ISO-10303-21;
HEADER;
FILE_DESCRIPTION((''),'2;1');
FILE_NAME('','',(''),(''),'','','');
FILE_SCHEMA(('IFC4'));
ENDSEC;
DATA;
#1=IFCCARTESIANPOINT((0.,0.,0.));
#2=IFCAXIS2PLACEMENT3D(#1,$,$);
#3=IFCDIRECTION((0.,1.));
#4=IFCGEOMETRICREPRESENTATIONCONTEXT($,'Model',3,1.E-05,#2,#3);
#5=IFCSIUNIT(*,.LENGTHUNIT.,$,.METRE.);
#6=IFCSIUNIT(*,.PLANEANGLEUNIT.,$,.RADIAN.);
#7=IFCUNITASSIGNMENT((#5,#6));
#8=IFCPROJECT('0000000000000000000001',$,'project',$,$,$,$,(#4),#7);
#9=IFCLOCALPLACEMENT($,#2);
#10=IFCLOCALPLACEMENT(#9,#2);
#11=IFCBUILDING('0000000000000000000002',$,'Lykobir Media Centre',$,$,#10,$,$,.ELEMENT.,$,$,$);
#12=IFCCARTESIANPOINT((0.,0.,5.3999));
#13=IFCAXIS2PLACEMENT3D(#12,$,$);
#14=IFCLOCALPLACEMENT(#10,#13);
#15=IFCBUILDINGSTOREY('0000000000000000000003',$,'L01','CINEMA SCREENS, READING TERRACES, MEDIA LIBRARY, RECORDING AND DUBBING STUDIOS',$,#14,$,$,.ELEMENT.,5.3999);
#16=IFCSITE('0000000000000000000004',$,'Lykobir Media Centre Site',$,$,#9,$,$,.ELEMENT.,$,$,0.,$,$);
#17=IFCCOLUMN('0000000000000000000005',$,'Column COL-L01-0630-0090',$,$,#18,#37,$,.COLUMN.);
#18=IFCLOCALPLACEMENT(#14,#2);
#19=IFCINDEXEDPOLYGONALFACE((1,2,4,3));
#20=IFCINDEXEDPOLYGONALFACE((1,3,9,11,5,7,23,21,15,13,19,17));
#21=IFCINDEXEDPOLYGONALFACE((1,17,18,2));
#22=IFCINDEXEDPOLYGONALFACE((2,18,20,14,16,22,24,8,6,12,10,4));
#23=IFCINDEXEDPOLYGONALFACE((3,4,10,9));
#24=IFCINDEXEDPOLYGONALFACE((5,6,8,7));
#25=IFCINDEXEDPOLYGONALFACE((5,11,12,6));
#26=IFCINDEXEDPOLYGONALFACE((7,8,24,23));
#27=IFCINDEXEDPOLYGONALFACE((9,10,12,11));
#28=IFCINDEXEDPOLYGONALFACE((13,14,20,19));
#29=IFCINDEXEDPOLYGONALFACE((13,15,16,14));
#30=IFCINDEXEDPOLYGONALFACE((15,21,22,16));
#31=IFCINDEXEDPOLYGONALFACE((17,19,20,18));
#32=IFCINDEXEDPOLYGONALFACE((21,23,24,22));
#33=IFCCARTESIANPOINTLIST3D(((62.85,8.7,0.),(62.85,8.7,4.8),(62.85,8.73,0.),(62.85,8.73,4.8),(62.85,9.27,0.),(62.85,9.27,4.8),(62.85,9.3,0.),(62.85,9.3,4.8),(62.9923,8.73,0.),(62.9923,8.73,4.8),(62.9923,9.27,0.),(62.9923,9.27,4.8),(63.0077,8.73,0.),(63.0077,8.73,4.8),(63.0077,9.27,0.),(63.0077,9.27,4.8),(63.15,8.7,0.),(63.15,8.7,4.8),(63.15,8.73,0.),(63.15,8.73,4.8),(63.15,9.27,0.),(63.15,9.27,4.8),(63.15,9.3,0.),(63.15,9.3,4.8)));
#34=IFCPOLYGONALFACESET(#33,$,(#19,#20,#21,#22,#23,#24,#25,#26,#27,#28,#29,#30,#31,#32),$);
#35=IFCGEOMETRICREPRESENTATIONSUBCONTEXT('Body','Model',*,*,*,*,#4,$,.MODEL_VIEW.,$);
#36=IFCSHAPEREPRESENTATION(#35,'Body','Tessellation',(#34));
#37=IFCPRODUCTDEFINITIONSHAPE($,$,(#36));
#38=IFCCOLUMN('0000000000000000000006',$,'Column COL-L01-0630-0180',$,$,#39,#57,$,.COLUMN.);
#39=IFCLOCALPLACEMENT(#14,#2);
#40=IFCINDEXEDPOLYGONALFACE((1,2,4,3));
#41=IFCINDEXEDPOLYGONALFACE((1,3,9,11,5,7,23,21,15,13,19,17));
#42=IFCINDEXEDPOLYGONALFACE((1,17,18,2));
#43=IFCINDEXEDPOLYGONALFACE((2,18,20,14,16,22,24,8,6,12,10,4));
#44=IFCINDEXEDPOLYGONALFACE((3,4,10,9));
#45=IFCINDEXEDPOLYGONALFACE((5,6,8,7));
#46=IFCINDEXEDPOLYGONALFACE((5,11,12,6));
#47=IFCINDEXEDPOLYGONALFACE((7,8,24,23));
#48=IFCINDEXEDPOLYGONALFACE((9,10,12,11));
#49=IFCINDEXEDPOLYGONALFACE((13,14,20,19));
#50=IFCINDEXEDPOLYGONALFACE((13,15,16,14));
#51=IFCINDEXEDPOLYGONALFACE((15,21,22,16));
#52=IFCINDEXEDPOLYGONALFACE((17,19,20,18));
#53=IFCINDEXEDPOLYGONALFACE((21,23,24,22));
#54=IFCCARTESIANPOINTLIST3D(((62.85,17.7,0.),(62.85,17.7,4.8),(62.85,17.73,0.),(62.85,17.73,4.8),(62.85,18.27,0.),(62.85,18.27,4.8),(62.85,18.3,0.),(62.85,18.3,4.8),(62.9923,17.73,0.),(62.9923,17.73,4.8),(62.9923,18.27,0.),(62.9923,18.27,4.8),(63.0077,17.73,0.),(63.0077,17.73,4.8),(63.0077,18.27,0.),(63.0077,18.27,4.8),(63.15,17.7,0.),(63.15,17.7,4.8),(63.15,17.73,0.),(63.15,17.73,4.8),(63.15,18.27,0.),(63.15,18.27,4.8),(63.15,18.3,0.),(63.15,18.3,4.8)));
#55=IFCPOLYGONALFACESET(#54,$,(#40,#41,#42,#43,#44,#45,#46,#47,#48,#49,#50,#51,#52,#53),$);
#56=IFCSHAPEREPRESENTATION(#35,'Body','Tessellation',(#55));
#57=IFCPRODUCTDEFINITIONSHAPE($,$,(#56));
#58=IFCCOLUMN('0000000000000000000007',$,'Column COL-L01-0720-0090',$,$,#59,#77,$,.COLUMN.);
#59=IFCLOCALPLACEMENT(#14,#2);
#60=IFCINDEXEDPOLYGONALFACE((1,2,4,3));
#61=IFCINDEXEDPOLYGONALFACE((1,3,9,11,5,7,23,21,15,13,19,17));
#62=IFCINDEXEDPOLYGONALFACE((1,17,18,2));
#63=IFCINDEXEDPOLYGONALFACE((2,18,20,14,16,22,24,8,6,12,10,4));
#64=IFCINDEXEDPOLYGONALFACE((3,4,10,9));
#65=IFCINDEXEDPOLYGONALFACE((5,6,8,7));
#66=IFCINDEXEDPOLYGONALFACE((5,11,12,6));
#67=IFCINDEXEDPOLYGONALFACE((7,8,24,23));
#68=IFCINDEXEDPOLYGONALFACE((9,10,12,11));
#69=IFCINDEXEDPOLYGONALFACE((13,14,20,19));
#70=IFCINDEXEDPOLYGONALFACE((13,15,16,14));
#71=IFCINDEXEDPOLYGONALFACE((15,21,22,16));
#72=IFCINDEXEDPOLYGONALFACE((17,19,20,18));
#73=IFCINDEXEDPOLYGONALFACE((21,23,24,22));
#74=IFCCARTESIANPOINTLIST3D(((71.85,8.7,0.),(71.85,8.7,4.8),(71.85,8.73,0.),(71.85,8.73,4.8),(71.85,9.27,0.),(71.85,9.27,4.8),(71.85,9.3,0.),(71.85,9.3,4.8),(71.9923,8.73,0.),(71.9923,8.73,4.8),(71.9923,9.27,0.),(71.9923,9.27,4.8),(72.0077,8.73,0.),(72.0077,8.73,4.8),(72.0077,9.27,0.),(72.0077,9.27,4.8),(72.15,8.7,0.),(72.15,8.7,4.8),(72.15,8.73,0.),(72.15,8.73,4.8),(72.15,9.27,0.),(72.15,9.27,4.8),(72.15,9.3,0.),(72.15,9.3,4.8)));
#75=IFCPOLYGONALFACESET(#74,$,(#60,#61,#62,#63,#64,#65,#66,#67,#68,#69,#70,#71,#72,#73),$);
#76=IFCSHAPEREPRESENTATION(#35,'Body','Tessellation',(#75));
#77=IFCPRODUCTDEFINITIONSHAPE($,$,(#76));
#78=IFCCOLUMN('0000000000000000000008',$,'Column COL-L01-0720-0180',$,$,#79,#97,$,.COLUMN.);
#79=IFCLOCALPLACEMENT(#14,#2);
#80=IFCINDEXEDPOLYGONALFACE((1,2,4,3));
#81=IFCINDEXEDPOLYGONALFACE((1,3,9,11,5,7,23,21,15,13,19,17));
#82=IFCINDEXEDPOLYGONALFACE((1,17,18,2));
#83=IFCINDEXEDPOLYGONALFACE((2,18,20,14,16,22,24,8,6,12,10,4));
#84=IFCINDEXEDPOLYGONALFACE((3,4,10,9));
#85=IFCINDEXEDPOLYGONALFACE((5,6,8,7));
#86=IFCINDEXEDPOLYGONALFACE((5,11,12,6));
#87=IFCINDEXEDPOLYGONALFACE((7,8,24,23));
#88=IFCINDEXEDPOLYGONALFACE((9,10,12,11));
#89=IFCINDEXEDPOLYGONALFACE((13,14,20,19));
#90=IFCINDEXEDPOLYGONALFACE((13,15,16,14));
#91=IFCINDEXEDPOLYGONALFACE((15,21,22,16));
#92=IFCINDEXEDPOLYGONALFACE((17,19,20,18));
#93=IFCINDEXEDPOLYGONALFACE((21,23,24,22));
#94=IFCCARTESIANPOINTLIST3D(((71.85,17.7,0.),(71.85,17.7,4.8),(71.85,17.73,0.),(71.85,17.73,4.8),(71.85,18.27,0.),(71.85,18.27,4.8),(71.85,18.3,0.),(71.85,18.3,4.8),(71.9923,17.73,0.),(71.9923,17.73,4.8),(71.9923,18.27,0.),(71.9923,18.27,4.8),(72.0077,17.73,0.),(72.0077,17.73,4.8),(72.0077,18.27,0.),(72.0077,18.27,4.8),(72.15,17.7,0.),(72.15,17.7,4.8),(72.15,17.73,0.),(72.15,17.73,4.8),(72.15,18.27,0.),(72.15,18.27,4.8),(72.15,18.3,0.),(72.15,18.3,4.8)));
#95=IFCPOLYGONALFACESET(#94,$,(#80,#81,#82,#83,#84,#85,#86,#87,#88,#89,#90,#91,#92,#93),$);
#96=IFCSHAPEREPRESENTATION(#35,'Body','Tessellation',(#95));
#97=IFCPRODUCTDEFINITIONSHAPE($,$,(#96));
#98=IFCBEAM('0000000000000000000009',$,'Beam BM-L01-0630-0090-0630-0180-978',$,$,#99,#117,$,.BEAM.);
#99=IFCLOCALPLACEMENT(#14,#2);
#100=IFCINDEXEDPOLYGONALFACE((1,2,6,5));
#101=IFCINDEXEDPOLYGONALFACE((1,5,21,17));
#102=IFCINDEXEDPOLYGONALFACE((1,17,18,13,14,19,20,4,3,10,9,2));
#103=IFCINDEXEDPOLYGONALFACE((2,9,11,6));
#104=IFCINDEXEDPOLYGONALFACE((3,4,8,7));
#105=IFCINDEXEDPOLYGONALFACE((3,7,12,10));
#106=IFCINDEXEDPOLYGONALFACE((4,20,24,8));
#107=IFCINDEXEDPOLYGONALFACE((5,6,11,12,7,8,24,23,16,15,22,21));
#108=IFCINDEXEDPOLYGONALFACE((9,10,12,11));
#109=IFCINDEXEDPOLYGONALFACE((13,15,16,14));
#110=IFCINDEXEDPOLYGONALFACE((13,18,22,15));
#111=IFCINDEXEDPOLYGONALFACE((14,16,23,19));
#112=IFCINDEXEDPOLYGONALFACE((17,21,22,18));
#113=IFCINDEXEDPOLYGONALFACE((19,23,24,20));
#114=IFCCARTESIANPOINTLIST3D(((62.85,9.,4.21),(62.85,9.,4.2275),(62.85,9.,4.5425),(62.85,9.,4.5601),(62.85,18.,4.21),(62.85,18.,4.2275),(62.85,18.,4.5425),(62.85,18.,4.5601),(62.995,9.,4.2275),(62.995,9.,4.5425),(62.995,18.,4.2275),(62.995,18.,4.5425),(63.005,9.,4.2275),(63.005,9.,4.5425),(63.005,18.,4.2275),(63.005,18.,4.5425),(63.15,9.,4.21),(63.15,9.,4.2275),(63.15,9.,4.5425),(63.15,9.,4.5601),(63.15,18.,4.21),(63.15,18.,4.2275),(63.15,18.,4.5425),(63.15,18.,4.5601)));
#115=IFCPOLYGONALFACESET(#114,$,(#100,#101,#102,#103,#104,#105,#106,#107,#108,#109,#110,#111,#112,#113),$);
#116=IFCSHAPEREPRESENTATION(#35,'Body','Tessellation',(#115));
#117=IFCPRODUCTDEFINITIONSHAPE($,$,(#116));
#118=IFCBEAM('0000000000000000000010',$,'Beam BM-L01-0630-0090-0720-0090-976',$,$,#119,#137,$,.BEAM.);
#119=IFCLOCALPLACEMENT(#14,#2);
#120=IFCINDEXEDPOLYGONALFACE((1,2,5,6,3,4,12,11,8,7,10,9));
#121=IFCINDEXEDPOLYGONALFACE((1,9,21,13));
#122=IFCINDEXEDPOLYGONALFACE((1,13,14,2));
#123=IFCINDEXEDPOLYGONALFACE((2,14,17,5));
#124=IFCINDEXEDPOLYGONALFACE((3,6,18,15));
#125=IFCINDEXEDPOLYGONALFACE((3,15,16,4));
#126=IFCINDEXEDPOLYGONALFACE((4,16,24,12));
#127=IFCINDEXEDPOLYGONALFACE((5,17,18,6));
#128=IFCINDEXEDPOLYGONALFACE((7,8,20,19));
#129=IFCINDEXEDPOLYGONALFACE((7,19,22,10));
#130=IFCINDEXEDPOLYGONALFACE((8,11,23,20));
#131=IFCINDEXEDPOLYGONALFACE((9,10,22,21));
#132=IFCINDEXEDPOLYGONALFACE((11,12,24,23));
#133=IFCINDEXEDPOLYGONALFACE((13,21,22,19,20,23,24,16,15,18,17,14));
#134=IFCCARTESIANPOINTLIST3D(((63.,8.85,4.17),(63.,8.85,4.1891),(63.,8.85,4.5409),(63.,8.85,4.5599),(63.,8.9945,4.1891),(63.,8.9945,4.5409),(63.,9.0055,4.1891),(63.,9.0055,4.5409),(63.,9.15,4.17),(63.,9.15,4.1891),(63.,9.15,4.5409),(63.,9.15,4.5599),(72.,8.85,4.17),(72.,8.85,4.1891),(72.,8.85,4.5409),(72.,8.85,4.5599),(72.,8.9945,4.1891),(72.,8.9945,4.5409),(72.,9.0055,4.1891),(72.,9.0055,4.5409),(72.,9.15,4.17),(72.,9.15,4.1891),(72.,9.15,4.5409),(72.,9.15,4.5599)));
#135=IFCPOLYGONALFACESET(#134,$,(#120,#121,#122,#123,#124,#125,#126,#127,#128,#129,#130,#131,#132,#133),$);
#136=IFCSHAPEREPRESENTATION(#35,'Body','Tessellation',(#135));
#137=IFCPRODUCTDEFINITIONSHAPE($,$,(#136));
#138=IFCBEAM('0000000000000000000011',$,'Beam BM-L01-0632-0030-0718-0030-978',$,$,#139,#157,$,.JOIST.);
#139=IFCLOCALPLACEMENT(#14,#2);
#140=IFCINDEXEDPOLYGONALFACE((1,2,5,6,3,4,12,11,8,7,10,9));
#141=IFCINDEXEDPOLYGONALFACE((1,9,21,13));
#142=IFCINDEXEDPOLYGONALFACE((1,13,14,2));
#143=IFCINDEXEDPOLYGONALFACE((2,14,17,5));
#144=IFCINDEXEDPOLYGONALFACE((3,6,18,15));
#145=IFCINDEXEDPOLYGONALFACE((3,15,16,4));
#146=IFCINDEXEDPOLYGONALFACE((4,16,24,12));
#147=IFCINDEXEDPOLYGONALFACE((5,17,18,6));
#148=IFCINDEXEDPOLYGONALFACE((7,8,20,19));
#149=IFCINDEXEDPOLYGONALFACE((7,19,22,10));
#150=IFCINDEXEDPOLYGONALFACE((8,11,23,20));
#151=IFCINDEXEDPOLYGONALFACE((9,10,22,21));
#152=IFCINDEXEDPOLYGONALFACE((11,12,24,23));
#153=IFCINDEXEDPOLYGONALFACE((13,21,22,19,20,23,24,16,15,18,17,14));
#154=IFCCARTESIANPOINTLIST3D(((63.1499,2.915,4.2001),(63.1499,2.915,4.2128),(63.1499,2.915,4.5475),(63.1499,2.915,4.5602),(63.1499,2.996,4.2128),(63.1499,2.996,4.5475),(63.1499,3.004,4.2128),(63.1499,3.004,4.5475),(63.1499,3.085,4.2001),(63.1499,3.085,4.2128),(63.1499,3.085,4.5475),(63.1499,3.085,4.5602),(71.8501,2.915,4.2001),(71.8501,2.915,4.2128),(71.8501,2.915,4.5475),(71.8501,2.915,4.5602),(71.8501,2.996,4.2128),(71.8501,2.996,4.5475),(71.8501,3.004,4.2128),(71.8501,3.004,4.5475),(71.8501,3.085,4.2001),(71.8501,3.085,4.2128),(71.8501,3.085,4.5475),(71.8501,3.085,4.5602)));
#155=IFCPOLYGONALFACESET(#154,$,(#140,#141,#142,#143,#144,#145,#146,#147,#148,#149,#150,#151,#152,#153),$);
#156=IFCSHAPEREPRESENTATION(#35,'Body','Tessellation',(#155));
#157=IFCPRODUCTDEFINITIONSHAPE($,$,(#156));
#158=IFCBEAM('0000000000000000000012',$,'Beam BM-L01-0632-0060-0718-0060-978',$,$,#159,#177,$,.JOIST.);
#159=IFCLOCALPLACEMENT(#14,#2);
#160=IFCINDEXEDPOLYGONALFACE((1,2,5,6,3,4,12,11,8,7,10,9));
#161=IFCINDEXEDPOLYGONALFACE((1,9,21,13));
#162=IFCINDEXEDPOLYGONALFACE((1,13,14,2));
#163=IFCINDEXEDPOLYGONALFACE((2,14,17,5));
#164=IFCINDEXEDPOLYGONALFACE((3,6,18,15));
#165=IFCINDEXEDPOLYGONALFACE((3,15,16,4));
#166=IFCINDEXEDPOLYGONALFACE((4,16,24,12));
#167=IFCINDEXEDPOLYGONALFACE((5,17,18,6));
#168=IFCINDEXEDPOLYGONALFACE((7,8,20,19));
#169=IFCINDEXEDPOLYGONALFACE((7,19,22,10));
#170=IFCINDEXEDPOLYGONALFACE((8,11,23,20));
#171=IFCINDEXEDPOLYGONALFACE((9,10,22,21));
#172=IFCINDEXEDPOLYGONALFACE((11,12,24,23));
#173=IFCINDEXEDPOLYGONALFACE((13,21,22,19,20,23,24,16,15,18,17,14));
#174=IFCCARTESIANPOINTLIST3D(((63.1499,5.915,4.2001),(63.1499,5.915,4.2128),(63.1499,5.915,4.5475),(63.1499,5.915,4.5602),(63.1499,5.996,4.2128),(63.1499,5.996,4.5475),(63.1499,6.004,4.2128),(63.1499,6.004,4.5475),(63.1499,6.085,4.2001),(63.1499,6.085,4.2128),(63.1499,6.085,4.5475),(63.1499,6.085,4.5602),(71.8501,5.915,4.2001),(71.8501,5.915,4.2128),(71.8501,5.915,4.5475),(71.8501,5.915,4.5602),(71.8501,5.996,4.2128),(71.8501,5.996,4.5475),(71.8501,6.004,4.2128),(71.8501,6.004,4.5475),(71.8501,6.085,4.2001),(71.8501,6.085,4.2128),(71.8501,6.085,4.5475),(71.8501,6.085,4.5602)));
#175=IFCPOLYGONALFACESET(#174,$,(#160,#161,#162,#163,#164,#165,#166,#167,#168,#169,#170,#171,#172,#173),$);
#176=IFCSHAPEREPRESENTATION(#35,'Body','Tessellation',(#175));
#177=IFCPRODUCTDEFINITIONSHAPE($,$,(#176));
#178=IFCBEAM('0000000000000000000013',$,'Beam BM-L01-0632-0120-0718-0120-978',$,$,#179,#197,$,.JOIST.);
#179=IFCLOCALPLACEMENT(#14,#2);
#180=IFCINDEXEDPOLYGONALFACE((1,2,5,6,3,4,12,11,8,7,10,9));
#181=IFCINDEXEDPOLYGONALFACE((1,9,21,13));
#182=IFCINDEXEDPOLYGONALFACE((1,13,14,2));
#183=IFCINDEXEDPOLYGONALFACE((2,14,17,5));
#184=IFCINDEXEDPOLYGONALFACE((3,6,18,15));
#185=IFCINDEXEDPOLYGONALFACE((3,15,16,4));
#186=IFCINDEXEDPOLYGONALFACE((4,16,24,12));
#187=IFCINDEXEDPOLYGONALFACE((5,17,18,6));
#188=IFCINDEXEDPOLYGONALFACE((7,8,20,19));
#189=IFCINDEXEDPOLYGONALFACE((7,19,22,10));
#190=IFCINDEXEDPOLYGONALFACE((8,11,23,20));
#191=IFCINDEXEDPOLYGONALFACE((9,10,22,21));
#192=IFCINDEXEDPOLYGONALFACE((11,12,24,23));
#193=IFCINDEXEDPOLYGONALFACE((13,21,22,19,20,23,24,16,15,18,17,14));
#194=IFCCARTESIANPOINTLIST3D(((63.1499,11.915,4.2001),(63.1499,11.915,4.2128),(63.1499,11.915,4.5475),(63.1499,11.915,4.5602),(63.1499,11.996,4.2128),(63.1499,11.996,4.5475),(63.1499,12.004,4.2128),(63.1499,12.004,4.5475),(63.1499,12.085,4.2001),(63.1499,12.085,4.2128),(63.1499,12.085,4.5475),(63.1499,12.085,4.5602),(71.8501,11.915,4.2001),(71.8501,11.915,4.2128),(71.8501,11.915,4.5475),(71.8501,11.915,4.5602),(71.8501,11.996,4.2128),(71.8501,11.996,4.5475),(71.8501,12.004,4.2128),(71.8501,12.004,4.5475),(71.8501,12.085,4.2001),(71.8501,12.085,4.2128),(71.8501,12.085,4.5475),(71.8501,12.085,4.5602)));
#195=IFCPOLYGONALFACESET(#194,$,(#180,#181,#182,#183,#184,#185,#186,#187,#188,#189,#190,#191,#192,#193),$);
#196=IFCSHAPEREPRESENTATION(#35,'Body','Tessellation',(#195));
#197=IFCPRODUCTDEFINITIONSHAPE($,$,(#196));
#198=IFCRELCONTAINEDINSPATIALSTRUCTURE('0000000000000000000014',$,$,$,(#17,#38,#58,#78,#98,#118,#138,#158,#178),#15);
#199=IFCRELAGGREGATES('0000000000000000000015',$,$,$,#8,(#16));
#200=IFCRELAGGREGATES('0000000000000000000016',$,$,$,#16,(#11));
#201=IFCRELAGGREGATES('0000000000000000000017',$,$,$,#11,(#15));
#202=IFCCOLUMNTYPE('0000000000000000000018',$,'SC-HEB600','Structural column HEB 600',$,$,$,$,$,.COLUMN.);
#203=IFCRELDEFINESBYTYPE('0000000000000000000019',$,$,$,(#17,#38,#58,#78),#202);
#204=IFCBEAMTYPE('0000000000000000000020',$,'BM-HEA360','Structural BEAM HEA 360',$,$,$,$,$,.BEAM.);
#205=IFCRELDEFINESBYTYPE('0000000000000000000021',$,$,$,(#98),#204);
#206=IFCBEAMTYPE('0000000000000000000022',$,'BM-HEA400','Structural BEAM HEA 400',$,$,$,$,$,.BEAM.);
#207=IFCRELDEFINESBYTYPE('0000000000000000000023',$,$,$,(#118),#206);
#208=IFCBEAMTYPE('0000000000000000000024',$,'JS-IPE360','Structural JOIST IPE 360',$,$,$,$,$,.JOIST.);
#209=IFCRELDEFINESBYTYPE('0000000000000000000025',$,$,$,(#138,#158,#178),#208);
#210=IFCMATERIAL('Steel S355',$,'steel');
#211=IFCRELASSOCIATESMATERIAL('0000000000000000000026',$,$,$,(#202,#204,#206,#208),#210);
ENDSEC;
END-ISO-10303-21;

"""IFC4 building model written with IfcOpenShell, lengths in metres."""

from ifc_helpers import new_model, si_unit, direction, frame, origin, origin_2d, place, context, subcontext, project, spatial, i_section, extrude, material, material_profile, profile_set, type_object, element, save


model = new_model("IFC4")

# Units and contexts
model_context = context("Model", 3, precision=1e-05, world=origin(), true_north=direction((0.0, 1.0)))
body_context = subcontext(model_context, "Body", "Model", "MODEL_VIEW")
ifc_project = project(units=[si_unit("LENGTHUNIT", "METRE"), si_unit("PLANEANGLEUNIT", "RADIAN")], contexts=[model_context])

# Site, building, storey
site_placement = place(None, origin())
site = spatial("IfcSite", under=ifc_project, at=site_placement, Name="Lykobir Media Centre Site", CompositionType="ELEMENT", RefElevation=0.0)
building_placement = place(site_placement, origin())
building = spatial("IfcBuilding", under=site, at=building_placement, Name="Lykobir Media Centre", CompositionType="ELEMENT")
storey_placement = place(building_placement, frame((0.0, 0.0, 5.3999)))
storey = spatial("IfcBuildingStorey", under=building, at=storey_placement, Name="L01", Description="CINEMA SCREENS, READING TERRACES, MEDIA LIBRARY, RECORDING AND DUBBING STUDIOS", CompositionType="ELEMENT", Elevation=5.3999)

# Columns
ifc_material_1 = material(Name="Steel S355", Category="steel")
ifc_material_profile_1 = material_profile(ifc_material_1, i_section(OverallWidth=0.3, OverallDepth=0.6001, WebThickness=0.0154, FlangeThickness=0.03, at=origin_2d()), Name="HEB 600")
ifc_profile_set_1 = profile_set([ifc_material_profile_1], Name="Steel S355")
column_type = type_object("IfcColumnType", Name="SC-HEB600", Description="Structural column HEB 600", PredefinedType="COLUMN", material=ifc_profile_set_1)
for number, where, z_axis, x_axis, name in (
    (1, (63.0, 9.0, 0.0), (0.0, 0.0, 1.0), (1.0, 0.0, 0.0), "Column COL-L01-0630-0090"),
    (2, (63.0, 18.0, 0.0), (0.0, 0.0, 1.0), (1.0, 0.0, 0.0), "Column COL-L01-0630-0180"),
    (3, (72.0, 9.0, 0.0), (0.0, 0.0, 1.0), (1.0, 0.0, 0.0), "Column COL-L01-0720-0090"),
    (4, (72.0, 18.0, 0.0), (0.0, 0.0, 1.0), (1.0, 0.0, 0.0), "Column COL-L01-0720-0180"),
):
    element("IfcColumn", number, at=place(storey_placement, frame(where, z_axis=z_axis, x_axis=x_axis)), inside=storey, type_object=column_type, Name=name, PredefinedType="COLUMN", context=body_context, shape_type="SweptSolid", body=[
        extrude(i_section(OverallWidth=0.3, OverallDepth=0.6001, WebThickness=0.0154, FlangeThickness=0.03, at=origin_2d()), origin(), (0.0, 0.0, 1.0), 4.8),
    ])

# Beams
ifc_material_profile_2 = material_profile(ifc_material_1, i_section(OverallWidth=0.3, OverallDepth=0.3501, WebThickness=0.01, FlangeThickness=0.0176, at=origin_2d()), Name="HEA 360")
ifc_profile_set_2 = profile_set([ifc_material_profile_2], Name="Steel S355")
beam_type_1 = type_object("IfcBeamType", Name="BM-HEA360", Description="Structural BEAM HEA 360", PredefinedType="BEAM", material=ifc_profile_set_2)
beam_1_placement = place(storey_placement, frame((63.0, 9.0, 4.385), z_axis=(0.0, 1.0, 0.0), x_axis=(-1.0, 0.0, 0.0)))
element("IfcBeam", 5, at=beam_1_placement, inside=storey, type_object=beam_type_1, Name="Beam BM-L01-0630-0090-0630-0180-978", PredefinedType="BEAM", context=body_context, shape_type="SweptSolid", body=[
    extrude(i_section(OverallWidth=0.3, OverallDepth=0.3501, WebThickness=0.01, FlangeThickness=0.0176, at=origin_2d()), origin(), (0.0, 0.0, 1.0), 9.0),
])
ifc_material_profile_3 = material_profile(ifc_material_1, i_section(OverallWidth=0.3, OverallDepth=0.3899, WebThickness=0.011, FlangeThickness=0.019, at=origin_2d()), Name="HEA 400")
ifc_profile_set_3 = profile_set([ifc_material_profile_3], Name="Steel S355")
beam_type_2 = type_object("IfcBeamType", Name="BM-HEA400", Description="Structural BEAM HEA 400", PredefinedType="BEAM", material=ifc_profile_set_3)
beam_2_placement = place(storey_placement, frame((63.0, 9.0, 4.365), z_axis=(1.0, 0.0, 0.0), x_axis=(0.0, 1.0, 0.0)))
element("IfcBeam", 6, at=beam_2_placement, inside=storey, type_object=beam_type_2, Name="Beam BM-L01-0630-0090-0720-0090-976", PredefinedType="BEAM", context=body_context, shape_type="SweptSolid", body=[
    extrude(i_section(OverallWidth=0.3, OverallDepth=0.3899, WebThickness=0.011, FlangeThickness=0.019, at=origin_2d()), origin(), (0.0, 0.0, 1.0), 9.0),
])
ifc_material_profile_4 = material_profile(ifc_material_1, i_section(OverallWidth=0.1699, OverallDepth=0.3601, WebThickness=0.0081, FlangeThickness=0.0127, at=origin_2d()), Name="IPE 360")
ifc_profile_set_4 = profile_set([ifc_material_profile_4], Name="Steel S355")
beam_type_3 = type_object("IfcBeamType", Name="JS-IPE360", Description="Structural JOIST IPE 360", PredefinedType="JOIST", material=ifc_profile_set_4)
for number, where, z_axis, x_axis, name in (
    (7, (63.1499, 3.0, 4.3801), (1.0, 0.0, 0.0), (0.0, 1.0, 0.0), "Beam BM-L01-0632-0030-0718-0030-978"),
    (8, (63.1499, 6.0, 4.3801), (1.0, 0.0, 0.0), (0.0, 1.0, 0.0), "Beam BM-L01-0632-0060-0718-0060-978"),
    (9, (63.1499, 12.0, 4.3801), (1.0, 0.0, 0.0), (0.0, 1.0, 0.0), "Beam BM-L01-0632-0120-0718-0120-978"),
):
    element("IfcBeam", number, at=place(storey_placement, frame(where, z_axis=z_axis, x_axis=x_axis)), inside=storey, type_object=beam_type_3, Name=name, PredefinedType="JOIST", context=body_context, shape_type="SweptSolid", body=[
        extrude(i_section(OverallWidth=0.1699, OverallDepth=0.3601, WebThickness=0.0081, FlangeThickness=0.0127, at=origin_2d()), origin(), (0.0, 0.0, 1.0), 8.7002),
    ])

save(model, "model.ifc")
